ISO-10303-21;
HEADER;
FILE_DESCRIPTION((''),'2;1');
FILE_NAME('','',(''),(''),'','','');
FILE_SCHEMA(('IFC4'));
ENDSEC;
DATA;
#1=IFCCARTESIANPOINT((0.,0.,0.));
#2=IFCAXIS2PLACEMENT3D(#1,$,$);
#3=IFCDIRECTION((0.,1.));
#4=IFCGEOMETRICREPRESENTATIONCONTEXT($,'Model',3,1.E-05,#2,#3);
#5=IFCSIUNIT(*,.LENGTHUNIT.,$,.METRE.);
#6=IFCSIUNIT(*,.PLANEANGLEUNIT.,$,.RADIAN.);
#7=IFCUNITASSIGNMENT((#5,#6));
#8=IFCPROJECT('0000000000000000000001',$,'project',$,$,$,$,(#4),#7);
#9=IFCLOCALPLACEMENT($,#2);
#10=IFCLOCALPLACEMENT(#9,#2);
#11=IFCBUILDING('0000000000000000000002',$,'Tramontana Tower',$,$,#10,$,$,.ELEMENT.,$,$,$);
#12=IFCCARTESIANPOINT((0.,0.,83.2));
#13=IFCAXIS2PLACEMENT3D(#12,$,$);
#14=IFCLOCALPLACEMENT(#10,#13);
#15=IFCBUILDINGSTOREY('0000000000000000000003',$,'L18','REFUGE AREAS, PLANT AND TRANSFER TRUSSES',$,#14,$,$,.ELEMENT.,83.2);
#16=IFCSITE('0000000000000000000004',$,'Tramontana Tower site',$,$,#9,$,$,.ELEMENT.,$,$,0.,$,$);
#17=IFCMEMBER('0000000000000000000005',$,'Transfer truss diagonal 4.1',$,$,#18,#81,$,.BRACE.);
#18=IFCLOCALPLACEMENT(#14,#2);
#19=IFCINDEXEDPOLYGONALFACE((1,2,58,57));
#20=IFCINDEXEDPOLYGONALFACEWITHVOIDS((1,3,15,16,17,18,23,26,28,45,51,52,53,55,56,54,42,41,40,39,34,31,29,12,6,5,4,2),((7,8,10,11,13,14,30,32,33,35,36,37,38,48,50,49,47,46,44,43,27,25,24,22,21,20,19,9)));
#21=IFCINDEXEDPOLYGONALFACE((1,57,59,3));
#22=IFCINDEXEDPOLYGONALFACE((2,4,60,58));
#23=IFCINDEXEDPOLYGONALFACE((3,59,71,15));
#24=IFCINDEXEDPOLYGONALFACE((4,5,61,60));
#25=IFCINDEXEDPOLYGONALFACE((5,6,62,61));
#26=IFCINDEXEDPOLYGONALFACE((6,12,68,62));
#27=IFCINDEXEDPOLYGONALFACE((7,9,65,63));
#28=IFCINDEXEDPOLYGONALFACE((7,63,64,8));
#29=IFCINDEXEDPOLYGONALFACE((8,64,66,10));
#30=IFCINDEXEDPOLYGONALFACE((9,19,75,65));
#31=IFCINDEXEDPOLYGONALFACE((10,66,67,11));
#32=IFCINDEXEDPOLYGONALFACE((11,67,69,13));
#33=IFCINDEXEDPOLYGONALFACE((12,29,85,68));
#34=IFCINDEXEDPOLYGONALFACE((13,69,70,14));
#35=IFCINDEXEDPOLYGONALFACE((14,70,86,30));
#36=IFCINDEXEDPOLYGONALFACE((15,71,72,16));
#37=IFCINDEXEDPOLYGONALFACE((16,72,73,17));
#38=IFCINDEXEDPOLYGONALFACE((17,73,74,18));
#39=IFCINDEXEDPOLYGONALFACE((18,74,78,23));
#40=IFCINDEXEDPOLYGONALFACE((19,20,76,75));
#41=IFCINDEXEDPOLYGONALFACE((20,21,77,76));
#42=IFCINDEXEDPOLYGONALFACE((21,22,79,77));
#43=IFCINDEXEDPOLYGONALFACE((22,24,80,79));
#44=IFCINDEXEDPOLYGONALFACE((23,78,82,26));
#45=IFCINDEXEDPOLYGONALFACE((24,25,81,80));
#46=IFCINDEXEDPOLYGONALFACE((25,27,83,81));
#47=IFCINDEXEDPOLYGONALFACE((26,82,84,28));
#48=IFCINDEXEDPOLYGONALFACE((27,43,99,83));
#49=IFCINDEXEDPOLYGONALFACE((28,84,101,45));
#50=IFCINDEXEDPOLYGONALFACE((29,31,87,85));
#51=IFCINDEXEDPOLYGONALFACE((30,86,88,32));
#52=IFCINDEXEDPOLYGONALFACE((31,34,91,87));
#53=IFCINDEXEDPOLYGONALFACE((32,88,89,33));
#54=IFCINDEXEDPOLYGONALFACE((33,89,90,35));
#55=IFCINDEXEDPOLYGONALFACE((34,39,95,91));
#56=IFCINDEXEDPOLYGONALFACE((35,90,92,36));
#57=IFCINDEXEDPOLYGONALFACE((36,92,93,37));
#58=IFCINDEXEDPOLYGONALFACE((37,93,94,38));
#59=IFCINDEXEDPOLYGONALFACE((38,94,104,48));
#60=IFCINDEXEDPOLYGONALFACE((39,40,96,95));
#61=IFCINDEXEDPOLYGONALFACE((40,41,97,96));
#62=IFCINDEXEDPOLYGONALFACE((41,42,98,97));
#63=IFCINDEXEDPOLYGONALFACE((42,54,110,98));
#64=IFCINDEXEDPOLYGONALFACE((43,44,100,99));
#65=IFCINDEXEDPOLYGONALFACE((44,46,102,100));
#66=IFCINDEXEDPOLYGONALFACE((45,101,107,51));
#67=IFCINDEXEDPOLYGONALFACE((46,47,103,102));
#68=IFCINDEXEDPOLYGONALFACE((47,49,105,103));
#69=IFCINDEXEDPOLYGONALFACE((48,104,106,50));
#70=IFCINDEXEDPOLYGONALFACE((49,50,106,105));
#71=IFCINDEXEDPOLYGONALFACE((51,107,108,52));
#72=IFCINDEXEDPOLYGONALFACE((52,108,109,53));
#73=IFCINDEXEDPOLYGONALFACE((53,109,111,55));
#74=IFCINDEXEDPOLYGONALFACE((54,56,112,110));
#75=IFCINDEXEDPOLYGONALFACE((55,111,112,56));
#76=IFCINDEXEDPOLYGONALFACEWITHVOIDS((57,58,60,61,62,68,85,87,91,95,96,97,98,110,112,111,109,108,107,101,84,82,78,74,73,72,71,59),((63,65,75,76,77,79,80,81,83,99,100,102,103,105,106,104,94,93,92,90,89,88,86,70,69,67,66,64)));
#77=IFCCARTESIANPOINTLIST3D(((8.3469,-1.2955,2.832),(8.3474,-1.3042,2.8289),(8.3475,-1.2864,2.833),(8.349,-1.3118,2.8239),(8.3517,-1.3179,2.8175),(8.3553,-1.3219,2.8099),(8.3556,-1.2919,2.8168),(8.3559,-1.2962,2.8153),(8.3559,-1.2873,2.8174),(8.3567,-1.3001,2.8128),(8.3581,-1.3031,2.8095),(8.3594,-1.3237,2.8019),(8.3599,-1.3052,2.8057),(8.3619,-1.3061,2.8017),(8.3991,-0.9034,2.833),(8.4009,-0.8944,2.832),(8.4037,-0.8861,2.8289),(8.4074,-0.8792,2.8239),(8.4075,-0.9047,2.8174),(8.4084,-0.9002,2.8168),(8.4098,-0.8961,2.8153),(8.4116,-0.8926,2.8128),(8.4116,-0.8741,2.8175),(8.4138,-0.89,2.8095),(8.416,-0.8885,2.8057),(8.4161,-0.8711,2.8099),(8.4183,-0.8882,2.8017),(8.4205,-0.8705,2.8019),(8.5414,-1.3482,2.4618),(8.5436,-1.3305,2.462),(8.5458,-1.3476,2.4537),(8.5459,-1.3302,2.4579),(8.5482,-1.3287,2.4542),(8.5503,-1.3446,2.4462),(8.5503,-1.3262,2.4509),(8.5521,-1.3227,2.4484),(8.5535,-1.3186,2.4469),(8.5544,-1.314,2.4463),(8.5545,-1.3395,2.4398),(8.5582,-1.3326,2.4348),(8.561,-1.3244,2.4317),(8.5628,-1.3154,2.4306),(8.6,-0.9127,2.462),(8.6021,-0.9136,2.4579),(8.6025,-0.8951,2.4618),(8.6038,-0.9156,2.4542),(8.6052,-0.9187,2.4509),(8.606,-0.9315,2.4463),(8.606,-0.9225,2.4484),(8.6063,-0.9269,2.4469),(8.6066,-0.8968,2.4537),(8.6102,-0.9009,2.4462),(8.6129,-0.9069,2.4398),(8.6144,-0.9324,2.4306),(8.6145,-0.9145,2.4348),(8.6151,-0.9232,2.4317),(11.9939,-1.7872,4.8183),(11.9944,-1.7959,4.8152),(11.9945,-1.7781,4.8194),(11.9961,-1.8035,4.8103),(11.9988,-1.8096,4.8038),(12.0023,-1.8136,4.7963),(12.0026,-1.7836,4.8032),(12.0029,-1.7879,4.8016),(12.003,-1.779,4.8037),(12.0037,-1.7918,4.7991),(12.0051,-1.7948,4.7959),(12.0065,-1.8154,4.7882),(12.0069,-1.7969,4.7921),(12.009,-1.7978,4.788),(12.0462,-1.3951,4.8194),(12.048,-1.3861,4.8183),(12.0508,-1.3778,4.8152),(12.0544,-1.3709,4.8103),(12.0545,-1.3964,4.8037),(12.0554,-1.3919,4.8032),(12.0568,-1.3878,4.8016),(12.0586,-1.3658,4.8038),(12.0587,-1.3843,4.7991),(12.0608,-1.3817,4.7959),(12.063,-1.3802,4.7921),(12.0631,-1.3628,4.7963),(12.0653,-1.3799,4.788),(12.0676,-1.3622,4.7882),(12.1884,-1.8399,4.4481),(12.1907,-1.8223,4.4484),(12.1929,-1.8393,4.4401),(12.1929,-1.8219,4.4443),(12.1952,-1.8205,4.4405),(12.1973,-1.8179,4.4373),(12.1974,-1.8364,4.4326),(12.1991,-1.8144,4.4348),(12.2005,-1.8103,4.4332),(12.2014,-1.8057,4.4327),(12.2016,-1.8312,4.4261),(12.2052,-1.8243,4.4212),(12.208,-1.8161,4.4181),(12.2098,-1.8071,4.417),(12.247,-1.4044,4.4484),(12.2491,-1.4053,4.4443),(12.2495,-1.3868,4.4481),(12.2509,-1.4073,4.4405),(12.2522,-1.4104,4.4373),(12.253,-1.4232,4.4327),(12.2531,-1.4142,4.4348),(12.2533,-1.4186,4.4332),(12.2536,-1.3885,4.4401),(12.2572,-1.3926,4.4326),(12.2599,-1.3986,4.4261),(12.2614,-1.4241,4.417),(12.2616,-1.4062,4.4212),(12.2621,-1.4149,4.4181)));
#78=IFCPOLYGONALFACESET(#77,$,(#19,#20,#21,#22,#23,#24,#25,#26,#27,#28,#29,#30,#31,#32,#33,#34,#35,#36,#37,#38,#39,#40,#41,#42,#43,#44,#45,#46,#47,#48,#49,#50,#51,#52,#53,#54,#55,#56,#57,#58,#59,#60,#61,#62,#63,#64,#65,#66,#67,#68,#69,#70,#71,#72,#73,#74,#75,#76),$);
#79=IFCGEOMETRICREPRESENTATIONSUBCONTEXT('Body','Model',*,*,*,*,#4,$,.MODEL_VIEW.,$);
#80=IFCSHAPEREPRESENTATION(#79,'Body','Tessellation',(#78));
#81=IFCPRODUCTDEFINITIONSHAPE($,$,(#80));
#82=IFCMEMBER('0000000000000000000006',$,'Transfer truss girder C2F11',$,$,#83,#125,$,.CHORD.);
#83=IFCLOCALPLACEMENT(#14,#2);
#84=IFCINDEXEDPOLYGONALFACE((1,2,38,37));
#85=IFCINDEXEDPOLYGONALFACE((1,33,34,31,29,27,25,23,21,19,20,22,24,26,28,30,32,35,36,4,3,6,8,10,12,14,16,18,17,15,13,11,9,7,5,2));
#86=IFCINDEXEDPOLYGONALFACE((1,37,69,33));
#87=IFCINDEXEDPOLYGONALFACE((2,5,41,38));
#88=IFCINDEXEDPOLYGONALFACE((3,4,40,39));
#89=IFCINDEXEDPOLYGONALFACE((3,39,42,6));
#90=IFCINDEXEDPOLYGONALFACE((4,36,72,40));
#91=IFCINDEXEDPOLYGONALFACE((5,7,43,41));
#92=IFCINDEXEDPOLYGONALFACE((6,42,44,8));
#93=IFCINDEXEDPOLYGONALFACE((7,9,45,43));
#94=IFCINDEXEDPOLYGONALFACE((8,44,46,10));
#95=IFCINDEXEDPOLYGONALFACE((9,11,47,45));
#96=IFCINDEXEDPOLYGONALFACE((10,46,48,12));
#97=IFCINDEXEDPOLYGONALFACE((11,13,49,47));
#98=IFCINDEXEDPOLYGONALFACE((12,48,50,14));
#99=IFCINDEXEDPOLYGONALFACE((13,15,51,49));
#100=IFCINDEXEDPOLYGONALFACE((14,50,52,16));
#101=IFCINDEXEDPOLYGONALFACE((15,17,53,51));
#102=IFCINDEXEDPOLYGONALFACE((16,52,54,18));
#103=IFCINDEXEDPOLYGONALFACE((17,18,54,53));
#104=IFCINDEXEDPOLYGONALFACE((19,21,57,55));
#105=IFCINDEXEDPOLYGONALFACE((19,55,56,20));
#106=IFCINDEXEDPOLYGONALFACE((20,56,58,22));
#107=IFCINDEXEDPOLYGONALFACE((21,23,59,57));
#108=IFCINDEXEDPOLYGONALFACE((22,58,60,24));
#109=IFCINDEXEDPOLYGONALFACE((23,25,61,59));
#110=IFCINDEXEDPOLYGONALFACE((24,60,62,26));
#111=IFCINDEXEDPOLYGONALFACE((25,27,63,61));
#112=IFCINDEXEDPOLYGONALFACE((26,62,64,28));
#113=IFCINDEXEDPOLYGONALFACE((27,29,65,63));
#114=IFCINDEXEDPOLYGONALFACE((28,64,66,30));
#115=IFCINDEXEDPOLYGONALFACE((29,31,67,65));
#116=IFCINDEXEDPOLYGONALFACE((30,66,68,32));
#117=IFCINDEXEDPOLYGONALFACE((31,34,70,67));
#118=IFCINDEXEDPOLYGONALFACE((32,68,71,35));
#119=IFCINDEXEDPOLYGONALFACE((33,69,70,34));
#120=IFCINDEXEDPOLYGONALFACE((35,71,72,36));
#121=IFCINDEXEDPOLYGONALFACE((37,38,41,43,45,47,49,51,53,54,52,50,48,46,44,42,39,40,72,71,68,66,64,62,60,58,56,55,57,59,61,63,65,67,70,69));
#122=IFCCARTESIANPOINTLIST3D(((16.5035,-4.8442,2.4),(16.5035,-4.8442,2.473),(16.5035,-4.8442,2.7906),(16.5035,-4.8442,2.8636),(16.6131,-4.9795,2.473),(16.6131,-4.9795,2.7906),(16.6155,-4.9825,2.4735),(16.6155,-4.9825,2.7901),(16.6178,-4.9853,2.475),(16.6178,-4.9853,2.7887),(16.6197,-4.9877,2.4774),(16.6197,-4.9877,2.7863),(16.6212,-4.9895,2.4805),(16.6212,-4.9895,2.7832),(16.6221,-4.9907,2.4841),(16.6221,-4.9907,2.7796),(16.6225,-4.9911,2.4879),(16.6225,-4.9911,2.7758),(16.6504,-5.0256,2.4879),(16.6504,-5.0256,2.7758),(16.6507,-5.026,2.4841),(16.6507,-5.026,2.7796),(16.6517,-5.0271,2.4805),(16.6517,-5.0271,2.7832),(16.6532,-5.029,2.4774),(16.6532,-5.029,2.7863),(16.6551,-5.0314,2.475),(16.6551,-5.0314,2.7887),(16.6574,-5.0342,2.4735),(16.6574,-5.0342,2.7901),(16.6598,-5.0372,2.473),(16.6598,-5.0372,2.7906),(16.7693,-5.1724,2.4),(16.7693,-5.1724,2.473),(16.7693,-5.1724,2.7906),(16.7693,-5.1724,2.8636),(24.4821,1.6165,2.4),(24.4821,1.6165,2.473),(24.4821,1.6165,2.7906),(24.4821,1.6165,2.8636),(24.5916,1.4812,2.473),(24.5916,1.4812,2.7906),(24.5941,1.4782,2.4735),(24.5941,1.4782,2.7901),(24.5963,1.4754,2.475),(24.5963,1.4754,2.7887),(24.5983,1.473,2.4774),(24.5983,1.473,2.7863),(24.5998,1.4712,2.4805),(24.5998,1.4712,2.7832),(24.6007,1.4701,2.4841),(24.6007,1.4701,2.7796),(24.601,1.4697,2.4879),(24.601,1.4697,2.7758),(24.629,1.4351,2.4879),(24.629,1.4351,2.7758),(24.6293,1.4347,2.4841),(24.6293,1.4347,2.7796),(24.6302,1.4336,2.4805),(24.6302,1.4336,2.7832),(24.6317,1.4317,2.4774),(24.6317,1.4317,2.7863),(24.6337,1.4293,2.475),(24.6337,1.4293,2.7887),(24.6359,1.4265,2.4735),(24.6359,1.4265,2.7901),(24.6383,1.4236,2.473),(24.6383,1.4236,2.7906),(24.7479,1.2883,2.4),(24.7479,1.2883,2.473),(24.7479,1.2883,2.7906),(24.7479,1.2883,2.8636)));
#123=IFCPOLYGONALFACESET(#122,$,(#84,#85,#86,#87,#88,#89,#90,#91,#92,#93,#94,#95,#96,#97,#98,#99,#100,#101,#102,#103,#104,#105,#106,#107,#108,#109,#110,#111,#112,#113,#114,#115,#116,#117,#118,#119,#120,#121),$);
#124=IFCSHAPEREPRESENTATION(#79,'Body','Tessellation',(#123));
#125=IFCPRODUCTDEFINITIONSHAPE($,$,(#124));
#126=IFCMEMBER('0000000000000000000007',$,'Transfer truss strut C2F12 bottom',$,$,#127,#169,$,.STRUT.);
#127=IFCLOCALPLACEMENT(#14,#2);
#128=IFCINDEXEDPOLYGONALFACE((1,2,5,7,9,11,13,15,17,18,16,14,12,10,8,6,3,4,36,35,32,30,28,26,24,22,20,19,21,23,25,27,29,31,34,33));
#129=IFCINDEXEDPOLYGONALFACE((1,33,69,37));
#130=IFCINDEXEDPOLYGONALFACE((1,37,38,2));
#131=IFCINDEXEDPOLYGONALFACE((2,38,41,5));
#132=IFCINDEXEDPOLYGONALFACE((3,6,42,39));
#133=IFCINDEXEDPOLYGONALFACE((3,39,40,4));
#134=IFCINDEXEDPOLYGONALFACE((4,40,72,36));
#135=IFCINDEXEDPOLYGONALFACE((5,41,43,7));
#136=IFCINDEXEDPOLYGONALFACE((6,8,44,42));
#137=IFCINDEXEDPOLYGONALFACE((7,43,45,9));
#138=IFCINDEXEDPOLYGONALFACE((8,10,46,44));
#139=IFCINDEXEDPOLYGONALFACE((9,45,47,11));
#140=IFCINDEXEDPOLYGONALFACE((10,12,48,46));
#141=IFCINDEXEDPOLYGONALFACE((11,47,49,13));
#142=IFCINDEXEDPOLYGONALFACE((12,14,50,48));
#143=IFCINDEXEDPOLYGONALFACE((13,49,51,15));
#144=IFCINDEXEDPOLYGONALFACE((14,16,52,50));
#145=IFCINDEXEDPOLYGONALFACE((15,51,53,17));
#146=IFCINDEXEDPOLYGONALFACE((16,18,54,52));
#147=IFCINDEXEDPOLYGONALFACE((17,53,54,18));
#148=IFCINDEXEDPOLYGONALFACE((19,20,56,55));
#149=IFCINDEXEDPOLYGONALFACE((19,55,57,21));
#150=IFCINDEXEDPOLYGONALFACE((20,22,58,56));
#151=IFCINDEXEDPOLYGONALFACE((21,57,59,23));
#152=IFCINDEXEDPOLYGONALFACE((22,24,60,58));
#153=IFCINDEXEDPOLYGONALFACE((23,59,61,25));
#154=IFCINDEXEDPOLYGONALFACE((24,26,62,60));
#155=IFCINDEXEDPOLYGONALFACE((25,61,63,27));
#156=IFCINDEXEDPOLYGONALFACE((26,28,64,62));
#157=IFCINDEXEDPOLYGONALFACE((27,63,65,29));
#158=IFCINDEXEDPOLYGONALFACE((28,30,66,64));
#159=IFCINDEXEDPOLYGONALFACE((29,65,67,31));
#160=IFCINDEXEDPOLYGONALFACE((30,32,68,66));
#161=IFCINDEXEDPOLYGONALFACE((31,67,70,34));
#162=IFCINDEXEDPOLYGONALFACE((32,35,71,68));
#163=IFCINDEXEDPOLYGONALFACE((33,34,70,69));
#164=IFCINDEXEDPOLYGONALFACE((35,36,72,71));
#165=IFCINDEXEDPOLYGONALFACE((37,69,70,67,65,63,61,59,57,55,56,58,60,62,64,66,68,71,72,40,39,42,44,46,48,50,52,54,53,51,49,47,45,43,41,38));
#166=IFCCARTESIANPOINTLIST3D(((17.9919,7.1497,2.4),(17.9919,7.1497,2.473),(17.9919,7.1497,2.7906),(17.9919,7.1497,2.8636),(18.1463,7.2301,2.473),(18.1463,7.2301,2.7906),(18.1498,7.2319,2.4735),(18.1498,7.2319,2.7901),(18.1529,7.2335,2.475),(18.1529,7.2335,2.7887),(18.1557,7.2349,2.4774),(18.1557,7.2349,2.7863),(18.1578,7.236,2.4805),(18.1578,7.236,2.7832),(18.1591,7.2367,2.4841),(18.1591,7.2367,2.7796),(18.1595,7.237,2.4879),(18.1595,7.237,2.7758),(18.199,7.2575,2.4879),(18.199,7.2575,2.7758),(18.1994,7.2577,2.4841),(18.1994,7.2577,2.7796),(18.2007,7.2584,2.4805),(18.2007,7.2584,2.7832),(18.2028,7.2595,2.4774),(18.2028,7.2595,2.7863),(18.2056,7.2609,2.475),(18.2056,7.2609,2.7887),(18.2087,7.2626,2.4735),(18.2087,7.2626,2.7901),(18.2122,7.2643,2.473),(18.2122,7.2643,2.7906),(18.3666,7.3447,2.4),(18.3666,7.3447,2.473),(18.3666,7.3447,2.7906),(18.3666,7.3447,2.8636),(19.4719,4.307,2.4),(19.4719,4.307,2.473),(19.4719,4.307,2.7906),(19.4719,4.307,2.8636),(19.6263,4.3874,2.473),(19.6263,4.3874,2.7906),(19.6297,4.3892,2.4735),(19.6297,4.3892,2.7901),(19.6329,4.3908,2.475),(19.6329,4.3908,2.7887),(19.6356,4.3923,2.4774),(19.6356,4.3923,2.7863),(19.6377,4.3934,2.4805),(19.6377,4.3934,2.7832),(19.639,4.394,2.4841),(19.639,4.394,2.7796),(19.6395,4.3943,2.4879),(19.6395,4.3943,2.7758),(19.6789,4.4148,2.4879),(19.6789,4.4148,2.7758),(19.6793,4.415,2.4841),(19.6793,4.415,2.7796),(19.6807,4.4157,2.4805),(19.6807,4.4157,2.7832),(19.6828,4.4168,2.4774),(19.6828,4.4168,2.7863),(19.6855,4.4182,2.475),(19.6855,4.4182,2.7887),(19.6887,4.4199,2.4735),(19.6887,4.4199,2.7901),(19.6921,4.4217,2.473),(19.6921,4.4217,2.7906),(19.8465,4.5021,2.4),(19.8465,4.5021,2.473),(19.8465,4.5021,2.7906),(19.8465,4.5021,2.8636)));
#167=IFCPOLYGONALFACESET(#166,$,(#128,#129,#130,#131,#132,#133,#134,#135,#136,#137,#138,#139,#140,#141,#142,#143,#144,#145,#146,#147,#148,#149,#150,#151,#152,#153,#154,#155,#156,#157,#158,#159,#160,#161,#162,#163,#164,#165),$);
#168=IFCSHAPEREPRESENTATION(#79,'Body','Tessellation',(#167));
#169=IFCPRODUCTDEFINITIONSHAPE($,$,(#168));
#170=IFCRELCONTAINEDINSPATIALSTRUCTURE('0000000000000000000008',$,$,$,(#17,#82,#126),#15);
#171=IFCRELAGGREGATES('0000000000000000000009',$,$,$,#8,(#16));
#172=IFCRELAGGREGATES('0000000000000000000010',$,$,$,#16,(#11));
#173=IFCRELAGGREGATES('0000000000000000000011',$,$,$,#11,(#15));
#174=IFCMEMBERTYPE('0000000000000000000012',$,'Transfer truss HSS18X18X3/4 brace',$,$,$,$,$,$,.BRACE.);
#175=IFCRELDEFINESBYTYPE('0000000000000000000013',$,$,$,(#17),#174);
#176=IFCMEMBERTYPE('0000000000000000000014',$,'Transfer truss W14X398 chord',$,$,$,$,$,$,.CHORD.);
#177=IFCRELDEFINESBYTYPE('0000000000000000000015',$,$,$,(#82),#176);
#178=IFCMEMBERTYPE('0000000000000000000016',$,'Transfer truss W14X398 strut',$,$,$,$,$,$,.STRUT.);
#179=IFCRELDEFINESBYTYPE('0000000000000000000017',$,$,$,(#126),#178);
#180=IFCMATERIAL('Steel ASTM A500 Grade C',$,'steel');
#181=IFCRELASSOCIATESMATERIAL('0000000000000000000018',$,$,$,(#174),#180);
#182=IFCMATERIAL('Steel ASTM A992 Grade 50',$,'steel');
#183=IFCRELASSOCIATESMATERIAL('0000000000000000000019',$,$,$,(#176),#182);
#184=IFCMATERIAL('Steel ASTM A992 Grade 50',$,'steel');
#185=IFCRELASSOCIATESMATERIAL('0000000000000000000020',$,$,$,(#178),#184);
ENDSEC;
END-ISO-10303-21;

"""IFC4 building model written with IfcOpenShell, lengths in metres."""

from ifc_helpers import new_model, si_unit, direction, frame, origin, origin_2d, place, context, subcontext, project, spatial, hollow_rectangle, i_section, extrude, material, material_profile, profile_set, type_object, element, save


model = new_model("IFC4")

# Units and contexts
model_context = context("Model", 3, precision=1e-05, world=origin(), true_north=direction((0.0, 1.0)))
body_context = subcontext(model_context, "Body", "Model", "MODEL_VIEW")
ifc_project = project(units=[si_unit("LENGTHUNIT", "METRE"), si_unit("PLANEANGLEUNIT", "RADIAN")], contexts=[model_context])

# Site, building, storey
site_placement = place(None, origin())
site = spatial("IfcSite", under=ifc_project, at=site_placement, Name="Tramontana Tower site", CompositionType="ELEMENT", RefElevation=0.0)
building_placement = place(site_placement, origin())
building = spatial("IfcBuilding", under=site, at=building_placement, Name="Tramontana Tower", CompositionType="ELEMENT")
storey_placement = place(building_placement, frame((0.0, 0.0, 83.2)))
storey = spatial("IfcBuildingStorey", under=building, at=storey_placement, Name="L18", Description="REFUGE AREAS, PLANT AND TRANSFER TRUSSES", CompositionType="ELEMENT", Elevation=83.2)

# Members
ifc_material_1 = material(Name="Steel ASTM A500 Grade C", Category="steel")
ifc_material_profile_1 = material_profile(ifc_material_1, hollow_rectangle(XDim=0.4573, YDim=0.4573, WallThickness=0.0178, InnerFilletRadius=0.0178, OuterFilletRadius=0.0354, at=origin_2d()), Name="HSS18X18X3/4")
ifc_profile_set_1 = profile_set([ifc_material_profile_1], Name="Steel ASTM A500 Grade C")
member_type_1 = type_object("IfcMemberType", Name="Transfer truss HSS18X18X3/4 brace", PredefinedType="BRACE", material=ifc_profile_set_1)
member_1_placement = place(storey_placement, frame((8.481, -1.1094, 2.6318), z_axis=(0.8721, -0.11758, 0.474991), x_axis=(0.133615, 0.991033, 0.0)))
element("IfcMember", 1, at=member_1_placement, inside=storey, type_object=member_type_1, Name="Transfer truss diagonal 4.1", PredefinedType="BRACE", context=body_context, shape_type="SweptSolid", body=[
    extrude(hollow_rectangle(XDim=0.4573, YDim=0.4573, WallThickness=0.0178, InnerFilletRadius=0.0178, OuterFilletRadius=0.0354, at=origin_2d()), origin(), (0.0, 0.0, 1.0), 4.1819),
])
ifc_material_2 = material(Name="Steel ASTM A992 Grade 50", Category="steel")
ifc_material_profile_2 = material_profile(ifc_material_2, i_section(OverallWidth=0.4224, OverallDepth=0.4636, WebThickness=0.0444, FlangeThickness=0.073, FilletRadius=0.0149, at=origin_2d()), Name="W14X398")
ifc_profile_set_2 = profile_set([ifc_material_profile_2], Name="Steel ASTM A992 Grade 50")
member_type_2 = type_object("IfcMemberType", Name="Transfer truss W14X398 chord", PredefinedType="CHORD", material=ifc_profile_set_2)
member_2_placement = place(storey_placement, frame((24.615, 1.4524, 2.6318), z_axis=(-0.777155, -0.62931, 0.0), x_axis=(0.62931, -0.777155, 0.0)))
element("IfcMember", 2, at=member_2_placement, inside=storey, type_object=member_type_2, Name="Transfer truss girder C2F11", PredefinedType="CHORD", context=body_context, shape_type="SweptSolid", body=[
    extrude(i_section(OverallWidth=0.4224, OverallDepth=0.4636, WebThickness=0.0444, FlangeThickness=0.073, FilletRadius=0.0149, at=origin_2d()), origin(), (0.0, 0.0, 1.0), 10.2664),
])
ifc_material_3 = material(Name="Steel ASTM A992 Grade 50", Category="steel")
ifc_material_profile_3 = material_profile(ifc_material_3, i_section(OverallWidth=0.4224, OverallDepth=0.4636, WebThickness=0.0444, FlangeThickness=0.073, FilletRadius=0.0149, at=origin_2d()), Name="W14X398")
ifc_profile_set_3 = profile_set([ifc_material_profile_3], Name="Steel ASTM A992 Grade 50")
member_type_3 = type_object("IfcMemberType", Name="Transfer truss W14X398 strut", PredefinedType="STRUT", material=ifc_profile_set_3)
member_3_placement = place(storey_placement, frame((19.6592, 4.4045, 2.6318), z_axis=(-0.46178, 0.886995, 0.0), x_axis=(-0.886995, -0.46178, 0.0)))
element("IfcMember", 3, at=member_3_placement, inside=storey, type_object=member_type_3, Name="Transfer truss strut C2F12 bottom", PredefinedType="STRUT", context=body_context, shape_type="SweptSolid", body=[
    extrude(i_section(OverallWidth=0.4224, OverallDepth=0.4636, WebThickness=0.0444, FlangeThickness=0.073, FilletRadius=0.0149, at=origin_2d()), origin(), (0.0, 0.0, 1.0), 3.2048),
])

save(model, "model.ifc")
